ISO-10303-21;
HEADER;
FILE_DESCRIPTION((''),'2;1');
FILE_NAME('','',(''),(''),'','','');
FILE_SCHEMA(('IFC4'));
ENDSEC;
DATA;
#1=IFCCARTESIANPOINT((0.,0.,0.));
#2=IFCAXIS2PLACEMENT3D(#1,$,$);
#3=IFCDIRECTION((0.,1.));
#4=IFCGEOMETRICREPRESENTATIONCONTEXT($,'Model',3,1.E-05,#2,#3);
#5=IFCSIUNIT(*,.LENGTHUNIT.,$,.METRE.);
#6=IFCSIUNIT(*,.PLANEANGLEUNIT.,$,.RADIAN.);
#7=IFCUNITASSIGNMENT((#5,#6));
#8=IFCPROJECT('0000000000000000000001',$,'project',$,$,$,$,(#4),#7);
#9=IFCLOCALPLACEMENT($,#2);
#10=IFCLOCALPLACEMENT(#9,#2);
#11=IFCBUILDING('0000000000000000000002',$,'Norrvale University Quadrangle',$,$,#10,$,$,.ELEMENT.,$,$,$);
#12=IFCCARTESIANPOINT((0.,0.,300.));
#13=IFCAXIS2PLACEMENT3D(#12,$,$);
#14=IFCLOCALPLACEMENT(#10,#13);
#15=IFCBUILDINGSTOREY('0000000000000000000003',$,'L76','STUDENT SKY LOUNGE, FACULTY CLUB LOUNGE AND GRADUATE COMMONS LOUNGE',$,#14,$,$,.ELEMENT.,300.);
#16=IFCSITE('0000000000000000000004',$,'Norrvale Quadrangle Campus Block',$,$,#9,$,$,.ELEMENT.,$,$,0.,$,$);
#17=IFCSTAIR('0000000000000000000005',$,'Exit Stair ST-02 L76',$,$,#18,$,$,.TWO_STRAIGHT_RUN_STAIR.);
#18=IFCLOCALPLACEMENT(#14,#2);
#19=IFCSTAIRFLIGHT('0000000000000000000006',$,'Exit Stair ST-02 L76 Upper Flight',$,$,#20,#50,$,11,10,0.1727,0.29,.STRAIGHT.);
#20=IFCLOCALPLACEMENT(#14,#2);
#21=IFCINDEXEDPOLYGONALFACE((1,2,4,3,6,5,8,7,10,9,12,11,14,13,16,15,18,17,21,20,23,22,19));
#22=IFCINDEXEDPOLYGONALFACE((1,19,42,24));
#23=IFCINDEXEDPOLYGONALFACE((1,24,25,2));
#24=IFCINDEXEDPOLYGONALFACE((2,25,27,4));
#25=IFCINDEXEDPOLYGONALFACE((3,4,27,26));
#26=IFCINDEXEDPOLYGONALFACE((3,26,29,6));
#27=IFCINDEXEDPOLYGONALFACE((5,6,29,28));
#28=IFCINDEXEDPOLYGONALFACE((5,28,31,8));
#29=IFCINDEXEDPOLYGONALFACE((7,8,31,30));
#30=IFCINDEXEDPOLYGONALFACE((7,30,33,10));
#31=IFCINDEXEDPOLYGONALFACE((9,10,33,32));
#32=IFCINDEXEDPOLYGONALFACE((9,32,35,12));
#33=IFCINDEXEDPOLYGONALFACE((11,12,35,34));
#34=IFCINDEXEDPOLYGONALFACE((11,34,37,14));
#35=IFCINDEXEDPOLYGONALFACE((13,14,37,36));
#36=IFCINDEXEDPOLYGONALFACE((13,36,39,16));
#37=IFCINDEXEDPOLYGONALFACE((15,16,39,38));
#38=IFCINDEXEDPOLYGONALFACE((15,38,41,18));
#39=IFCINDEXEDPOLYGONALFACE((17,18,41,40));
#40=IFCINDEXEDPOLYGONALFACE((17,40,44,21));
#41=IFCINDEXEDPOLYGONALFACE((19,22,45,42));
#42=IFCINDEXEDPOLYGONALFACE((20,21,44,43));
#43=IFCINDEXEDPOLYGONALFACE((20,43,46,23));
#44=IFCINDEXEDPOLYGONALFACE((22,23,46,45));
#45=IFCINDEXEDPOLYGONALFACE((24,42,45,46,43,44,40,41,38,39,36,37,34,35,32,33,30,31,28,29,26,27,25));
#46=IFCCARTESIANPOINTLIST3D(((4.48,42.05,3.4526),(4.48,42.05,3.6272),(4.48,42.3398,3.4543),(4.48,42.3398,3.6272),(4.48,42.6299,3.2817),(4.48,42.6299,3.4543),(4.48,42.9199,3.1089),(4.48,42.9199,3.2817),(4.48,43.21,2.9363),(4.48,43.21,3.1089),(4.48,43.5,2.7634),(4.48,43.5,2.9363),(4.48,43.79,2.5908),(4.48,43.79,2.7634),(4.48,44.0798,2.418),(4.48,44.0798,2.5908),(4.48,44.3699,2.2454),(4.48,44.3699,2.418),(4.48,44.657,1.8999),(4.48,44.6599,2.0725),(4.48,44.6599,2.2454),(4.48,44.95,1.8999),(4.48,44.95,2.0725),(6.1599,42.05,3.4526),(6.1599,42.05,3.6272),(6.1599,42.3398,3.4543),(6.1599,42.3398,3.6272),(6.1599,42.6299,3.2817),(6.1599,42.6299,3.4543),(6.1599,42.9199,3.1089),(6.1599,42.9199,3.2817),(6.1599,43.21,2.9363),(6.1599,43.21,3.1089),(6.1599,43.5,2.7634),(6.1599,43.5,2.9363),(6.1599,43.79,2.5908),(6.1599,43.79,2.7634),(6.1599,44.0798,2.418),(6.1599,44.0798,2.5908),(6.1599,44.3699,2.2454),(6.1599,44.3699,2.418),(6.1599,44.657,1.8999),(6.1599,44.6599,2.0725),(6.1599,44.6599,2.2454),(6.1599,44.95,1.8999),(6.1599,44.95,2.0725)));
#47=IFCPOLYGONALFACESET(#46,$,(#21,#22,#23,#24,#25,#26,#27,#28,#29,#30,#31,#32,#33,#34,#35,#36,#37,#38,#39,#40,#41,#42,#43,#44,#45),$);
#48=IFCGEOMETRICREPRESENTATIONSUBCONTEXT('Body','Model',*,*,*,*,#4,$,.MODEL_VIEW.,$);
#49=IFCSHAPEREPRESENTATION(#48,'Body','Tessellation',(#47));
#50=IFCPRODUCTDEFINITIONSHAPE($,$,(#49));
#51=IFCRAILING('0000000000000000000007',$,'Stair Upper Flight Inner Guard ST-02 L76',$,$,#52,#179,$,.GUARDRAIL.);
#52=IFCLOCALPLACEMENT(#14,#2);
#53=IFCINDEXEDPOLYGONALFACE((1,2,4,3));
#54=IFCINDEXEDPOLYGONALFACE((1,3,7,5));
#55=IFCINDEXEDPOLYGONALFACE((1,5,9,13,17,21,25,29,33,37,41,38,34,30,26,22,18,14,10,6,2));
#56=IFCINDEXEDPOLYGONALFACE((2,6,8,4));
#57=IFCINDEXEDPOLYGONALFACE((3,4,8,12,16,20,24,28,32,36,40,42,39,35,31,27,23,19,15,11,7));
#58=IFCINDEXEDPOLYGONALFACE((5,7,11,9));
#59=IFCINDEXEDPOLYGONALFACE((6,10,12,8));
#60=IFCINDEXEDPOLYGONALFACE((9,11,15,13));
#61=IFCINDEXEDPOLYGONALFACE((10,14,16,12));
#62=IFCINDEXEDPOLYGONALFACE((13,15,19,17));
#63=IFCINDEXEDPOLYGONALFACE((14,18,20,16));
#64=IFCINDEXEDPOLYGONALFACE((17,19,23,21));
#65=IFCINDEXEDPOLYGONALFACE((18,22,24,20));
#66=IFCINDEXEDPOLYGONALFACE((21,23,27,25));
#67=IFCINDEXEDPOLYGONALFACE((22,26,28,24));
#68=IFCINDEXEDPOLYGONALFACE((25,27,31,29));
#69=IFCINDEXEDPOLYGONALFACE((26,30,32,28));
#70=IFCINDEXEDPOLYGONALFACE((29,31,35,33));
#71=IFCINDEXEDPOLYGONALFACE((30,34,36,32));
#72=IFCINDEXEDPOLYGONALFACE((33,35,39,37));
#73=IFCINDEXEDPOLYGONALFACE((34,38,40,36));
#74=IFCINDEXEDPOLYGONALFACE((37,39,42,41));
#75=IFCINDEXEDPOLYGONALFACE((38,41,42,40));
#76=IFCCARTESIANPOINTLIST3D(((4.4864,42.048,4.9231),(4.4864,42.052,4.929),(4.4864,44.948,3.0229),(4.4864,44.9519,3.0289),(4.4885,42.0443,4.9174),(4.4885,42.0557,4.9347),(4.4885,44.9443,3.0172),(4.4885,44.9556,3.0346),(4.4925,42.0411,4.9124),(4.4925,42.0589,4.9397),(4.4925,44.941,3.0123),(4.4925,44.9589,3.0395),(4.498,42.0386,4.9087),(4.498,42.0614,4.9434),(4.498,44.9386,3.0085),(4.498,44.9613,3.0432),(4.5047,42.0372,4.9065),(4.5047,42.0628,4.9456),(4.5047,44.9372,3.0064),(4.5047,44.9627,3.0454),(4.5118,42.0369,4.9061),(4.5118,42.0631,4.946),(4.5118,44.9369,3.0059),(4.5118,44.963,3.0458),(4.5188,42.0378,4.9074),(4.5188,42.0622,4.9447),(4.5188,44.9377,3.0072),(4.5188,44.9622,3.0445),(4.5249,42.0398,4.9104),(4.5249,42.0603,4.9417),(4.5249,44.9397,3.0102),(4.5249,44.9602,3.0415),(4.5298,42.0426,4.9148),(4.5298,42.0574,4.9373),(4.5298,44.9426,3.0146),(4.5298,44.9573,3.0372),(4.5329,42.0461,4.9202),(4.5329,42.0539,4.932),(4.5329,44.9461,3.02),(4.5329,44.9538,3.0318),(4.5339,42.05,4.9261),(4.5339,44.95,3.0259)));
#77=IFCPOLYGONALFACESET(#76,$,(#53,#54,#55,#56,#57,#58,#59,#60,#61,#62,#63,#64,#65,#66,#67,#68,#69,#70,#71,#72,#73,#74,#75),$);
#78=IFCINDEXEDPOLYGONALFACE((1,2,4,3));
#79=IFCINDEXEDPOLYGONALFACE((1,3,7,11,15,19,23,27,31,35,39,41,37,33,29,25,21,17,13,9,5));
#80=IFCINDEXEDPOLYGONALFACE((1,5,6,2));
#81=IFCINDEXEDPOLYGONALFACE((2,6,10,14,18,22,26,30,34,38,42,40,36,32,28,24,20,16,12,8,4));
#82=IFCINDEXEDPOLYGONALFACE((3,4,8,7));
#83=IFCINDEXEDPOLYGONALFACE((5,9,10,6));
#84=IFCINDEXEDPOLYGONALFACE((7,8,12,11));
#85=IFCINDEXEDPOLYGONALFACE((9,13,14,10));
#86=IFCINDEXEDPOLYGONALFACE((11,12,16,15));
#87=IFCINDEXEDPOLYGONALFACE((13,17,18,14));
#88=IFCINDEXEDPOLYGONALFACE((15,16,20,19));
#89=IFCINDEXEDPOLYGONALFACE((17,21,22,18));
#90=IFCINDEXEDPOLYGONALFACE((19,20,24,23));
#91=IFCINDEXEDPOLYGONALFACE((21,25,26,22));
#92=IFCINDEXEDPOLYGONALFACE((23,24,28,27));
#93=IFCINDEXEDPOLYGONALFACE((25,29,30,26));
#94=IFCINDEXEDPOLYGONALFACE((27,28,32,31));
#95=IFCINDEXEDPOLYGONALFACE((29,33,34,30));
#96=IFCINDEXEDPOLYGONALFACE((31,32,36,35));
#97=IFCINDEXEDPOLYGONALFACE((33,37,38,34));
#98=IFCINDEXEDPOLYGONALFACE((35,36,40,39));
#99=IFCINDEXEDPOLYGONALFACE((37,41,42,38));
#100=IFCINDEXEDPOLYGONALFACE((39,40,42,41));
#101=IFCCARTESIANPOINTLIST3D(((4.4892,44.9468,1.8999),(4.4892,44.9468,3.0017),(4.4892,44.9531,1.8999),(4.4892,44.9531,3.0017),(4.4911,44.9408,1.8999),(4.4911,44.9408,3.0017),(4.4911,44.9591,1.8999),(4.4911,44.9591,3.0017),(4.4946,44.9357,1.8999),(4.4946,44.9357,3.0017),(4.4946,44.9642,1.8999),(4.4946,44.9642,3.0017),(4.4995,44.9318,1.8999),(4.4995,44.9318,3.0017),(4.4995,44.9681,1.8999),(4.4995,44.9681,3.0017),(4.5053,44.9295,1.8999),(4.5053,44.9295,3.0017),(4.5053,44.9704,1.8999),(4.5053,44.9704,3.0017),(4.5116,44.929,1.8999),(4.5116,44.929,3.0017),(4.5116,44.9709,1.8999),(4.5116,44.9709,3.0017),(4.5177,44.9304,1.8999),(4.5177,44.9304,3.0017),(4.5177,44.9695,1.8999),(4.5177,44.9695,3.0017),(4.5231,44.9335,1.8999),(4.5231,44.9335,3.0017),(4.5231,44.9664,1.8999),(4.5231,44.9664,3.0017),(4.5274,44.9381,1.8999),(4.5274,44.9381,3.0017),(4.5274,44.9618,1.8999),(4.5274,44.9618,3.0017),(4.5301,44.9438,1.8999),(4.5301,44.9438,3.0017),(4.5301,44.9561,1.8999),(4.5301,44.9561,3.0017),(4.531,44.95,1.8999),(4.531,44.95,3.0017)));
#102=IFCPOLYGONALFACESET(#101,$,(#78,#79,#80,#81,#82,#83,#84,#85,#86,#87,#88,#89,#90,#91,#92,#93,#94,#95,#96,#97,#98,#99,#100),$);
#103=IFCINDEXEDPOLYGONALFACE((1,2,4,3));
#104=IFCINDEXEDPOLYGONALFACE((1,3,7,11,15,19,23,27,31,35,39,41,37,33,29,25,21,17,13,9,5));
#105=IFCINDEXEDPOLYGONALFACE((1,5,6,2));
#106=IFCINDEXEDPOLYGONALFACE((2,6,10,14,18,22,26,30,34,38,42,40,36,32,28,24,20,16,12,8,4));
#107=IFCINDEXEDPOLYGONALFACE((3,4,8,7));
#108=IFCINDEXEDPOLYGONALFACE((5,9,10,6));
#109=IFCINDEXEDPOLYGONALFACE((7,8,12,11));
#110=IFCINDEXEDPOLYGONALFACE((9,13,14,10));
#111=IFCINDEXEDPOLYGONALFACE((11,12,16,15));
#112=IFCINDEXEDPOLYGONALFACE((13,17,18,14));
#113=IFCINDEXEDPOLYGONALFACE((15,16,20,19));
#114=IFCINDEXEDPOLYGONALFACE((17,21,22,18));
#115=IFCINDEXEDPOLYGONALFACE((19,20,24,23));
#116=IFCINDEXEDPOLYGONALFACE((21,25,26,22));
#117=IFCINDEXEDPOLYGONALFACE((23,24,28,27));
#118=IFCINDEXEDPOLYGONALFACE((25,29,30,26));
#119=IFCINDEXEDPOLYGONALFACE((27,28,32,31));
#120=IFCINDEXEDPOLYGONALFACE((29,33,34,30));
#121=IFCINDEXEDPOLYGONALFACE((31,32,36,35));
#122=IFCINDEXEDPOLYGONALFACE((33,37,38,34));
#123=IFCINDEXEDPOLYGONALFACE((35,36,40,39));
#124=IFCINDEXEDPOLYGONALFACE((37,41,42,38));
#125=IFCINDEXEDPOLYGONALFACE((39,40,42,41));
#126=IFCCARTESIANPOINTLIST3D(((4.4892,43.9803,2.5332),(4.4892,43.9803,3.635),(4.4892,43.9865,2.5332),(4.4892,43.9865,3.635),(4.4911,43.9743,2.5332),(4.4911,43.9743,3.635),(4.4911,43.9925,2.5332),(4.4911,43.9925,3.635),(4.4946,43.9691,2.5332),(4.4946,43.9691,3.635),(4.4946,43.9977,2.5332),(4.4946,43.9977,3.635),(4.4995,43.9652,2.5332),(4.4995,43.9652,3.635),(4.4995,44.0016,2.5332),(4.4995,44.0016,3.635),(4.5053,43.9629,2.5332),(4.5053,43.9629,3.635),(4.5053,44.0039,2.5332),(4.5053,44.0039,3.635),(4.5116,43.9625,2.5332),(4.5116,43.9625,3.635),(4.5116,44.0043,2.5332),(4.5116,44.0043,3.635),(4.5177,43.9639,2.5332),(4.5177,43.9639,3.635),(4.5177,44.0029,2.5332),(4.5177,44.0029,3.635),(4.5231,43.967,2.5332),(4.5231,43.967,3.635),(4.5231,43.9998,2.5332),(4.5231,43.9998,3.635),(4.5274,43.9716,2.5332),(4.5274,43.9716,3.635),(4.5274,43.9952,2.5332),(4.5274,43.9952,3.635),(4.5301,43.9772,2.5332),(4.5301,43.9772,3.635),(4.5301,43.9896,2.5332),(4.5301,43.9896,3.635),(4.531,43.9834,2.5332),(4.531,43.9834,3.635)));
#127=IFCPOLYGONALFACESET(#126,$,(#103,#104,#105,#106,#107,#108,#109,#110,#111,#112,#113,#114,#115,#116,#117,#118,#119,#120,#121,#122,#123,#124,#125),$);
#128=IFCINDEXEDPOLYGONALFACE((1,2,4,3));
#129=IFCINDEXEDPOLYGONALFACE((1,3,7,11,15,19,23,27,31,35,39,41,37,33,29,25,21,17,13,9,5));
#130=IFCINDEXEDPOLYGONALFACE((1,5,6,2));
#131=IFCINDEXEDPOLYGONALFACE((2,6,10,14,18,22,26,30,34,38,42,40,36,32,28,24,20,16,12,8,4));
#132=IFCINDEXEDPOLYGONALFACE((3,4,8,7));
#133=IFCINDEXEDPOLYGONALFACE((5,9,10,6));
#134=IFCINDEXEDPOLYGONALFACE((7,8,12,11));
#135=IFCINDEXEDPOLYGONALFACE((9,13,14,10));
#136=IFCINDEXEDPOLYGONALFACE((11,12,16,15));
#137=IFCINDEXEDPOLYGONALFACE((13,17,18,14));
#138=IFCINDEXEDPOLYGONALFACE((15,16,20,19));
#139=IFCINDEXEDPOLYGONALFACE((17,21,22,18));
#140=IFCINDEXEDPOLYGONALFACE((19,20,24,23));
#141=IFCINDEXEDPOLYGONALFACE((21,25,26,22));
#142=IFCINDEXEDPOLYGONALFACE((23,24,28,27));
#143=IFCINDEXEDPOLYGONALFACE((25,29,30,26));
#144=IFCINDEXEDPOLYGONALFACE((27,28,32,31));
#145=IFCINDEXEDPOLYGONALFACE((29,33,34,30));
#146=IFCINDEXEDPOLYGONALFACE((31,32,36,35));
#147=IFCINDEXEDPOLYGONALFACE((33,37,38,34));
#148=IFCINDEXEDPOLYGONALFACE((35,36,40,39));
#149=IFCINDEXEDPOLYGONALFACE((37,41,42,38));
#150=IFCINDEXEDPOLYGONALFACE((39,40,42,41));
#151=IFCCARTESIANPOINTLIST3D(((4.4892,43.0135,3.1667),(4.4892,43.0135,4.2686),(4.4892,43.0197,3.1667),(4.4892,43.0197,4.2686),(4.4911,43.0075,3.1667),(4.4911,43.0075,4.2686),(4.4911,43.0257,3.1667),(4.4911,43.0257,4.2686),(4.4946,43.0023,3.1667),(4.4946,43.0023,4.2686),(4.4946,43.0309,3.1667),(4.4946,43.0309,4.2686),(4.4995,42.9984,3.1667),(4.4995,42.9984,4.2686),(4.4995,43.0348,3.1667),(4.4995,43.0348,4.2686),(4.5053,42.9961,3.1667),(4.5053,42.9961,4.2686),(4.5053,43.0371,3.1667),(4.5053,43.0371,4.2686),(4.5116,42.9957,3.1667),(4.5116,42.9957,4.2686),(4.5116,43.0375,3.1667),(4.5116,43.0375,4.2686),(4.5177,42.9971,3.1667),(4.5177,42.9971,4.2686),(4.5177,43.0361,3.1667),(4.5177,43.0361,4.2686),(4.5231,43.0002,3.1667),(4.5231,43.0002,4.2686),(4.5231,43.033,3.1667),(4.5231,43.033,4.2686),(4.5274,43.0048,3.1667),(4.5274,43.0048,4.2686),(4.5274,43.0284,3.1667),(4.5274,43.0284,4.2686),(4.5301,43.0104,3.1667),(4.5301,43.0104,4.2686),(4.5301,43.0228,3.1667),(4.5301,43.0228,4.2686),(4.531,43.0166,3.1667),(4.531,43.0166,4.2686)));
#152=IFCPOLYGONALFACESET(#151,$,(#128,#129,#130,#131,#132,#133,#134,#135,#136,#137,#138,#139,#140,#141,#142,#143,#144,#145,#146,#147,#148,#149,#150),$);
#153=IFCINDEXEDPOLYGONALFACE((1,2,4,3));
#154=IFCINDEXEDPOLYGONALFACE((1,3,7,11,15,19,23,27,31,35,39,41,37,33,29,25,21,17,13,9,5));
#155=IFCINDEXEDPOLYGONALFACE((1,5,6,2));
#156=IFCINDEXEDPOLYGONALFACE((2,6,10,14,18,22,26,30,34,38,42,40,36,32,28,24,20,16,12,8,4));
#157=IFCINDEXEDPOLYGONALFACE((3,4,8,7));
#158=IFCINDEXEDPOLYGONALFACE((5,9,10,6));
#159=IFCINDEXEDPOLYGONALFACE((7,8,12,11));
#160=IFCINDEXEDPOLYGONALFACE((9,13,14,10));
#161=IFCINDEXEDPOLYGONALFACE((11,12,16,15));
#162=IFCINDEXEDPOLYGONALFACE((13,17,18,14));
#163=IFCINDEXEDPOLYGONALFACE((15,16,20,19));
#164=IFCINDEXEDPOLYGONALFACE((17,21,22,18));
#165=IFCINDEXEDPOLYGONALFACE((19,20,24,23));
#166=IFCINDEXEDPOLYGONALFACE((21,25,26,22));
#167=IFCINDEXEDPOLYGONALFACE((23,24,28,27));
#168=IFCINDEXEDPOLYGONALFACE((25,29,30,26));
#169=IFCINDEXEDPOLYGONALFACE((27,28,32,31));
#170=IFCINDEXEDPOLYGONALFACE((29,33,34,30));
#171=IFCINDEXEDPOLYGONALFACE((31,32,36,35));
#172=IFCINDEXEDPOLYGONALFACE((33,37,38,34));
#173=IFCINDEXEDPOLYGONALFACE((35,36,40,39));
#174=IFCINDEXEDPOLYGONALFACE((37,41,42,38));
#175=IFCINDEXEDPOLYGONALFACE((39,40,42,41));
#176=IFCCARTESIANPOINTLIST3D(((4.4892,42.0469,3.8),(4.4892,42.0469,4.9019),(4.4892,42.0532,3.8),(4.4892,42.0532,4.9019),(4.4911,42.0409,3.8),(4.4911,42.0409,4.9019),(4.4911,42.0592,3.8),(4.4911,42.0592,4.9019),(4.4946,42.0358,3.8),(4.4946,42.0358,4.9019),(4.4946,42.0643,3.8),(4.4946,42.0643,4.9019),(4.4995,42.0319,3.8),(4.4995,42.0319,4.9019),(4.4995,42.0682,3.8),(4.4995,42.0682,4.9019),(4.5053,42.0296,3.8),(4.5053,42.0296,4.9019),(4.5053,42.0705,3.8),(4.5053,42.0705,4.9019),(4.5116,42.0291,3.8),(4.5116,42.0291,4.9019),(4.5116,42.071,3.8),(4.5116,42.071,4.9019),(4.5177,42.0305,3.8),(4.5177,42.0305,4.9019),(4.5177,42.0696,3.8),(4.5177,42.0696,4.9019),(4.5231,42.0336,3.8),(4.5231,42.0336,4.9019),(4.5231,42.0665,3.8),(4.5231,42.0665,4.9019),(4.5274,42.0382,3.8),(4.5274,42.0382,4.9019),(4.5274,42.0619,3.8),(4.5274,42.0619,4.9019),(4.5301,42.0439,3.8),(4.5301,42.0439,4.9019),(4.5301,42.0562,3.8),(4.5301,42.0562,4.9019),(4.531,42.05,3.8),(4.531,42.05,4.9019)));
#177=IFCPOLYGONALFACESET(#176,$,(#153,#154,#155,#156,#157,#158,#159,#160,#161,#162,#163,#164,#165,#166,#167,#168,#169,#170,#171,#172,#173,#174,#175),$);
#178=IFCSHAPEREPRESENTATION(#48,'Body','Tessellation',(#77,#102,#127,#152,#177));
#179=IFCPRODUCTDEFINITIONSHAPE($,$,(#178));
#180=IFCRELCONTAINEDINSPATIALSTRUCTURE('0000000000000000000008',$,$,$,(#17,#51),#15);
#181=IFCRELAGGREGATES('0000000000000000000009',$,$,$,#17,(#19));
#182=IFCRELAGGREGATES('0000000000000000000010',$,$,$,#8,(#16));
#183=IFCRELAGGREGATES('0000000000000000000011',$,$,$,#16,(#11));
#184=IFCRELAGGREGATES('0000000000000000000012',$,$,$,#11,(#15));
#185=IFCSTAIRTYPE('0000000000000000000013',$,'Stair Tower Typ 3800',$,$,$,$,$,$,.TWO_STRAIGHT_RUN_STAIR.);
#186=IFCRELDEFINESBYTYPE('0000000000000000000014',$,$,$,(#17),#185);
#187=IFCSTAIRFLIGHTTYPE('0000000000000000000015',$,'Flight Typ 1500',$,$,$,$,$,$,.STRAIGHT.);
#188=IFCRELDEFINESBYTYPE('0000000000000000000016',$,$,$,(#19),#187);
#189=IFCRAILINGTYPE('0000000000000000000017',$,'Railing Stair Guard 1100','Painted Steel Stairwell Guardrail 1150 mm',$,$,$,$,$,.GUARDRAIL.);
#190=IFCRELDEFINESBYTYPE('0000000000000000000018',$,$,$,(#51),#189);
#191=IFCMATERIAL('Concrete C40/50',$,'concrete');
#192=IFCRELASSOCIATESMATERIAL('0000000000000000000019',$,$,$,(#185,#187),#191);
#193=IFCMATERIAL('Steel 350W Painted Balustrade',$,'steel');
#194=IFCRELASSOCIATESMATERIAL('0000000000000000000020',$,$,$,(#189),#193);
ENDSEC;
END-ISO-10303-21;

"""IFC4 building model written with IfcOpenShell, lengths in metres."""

from ifc_helpers import new_model, si_unit, direction, frame, origin, origin_2d, place, context, subcontext, project, spatial, polyline, circle, outline, extrude, material, type_object, element, aggregate, save


model = new_model("IFC4")

# Units and contexts
model_context = context("Model", 3, precision=1e-05, world=origin(), true_north=direction((0.0, 1.0)))
body_context = subcontext(model_context, "Body", "Model", "MODEL_VIEW")
ifc_project = project(units=[si_unit("LENGTHUNIT", "METRE"), si_unit("PLANEANGLEUNIT", "RADIAN")], contexts=[model_context])

# Site, building, storey
site_placement = place(None, origin())
site = spatial("IfcSite", under=ifc_project, at=site_placement, Name="Norrvale Quadrangle Campus Block", CompositionType="ELEMENT", RefElevation=0.0)
building_placement = place(site_placement, origin())
building = spatial("IfcBuilding", under=site, at=building_placement, Name="Norrvale University Quadrangle", CompositionType="ELEMENT")
storey_placement = place(building_placement, frame((0.0, 0.0, 300.0)))
storey = spatial("IfcBuildingStorey", under=building, at=storey_placement, Name="L76", Description="STUDENT SKY LOUNGE, FACULTY CLUB LOUNGE AND GRADUATE COMMONS LOUNGE", CompositionType="ELEMENT", Elevation=300.0)

# Stair, stair flight
ifc_material_1 = material(Name="Concrete C40/50", Category="concrete")
stair_type = type_object("IfcStairType", Name="Stair Tower Typ 3800", PredefinedType="TWO_STRAIGHT_RUN_STAIR", material=ifc_material_1)
stair_placement = place(storey_placement, origin())
stair = element("IfcStair", 1, at=stair_placement, inside=storey, type_object=stair_type, Name="Exit Stair ST-02 L76", PredefinedType="TWO_STRAIGHT_RUN_STAIR")
stair_flight_type = type_object("IfcStairFlightType", Name="Flight Typ 1500", PredefinedType="STRAIGHT", material=ifc_material_1)
stair_flight_placement = place(storey_placement, frame((5.3201, 44.95, 1.8999), z_axis=(0.0, 0.0, 1.0), x_axis=(0.0, -1.0, 0.0)))
stair_flight = element("IfcStairFlight", 2, at=stair_flight_placement, type_object=stair_flight_type, Name="Exit Stair ST-02 L76 Upper Flight", NumberOfRisers=11, NumberOfTreads=10, PredefinedType="STRAIGHT", RiserHeight=0.1727, TreadLength=0.29, context=body_context, shape_type="SweptSolid", body=[
    extrude(outline(polyline([(0.0, 0.0), (0.0, 0.1726), (0.29, 0.1726), (0.29, 0.3455), (0.5801, 0.3455), (0.5801, 0.5181), (0.8701, 0.5181), (0.8701, 0.6909), (1.1599, 0.6909), (1.1599, 0.8635), (1.45, 0.8635), (1.45, 1.0364), (1.74, 1.0364), (1.74, 1.209), (2.03, 1.209), (2.03, 1.3818), (2.3201, 1.3818), (2.3201, 1.5544), (2.6101, 1.5544), (2.6101, 1.7273), (2.8999, 1.7273), (2.8999, 1.8999), (2.8999, 1.5527), (0.293, 0.0), (0.0, 0.0)])), frame((0.0, 0.8398, 0.0), z_axis=(0.0, -1.0, 0.0), x_axis=(1.0, 0.0, 0.0)), (0.0, 0.0, 1.0), 1.6799),
])
aggregate(stair, [stair_flight])

# Railing
ifc_material_2 = material(Name="Steel 350W Painted Balustrade", Category="steel")
railing_type_1 = type_object("IfcRailingType", Name="Railing Stair Guard 1100", Description="Painted Steel Stairwell Guardrail 1150 mm", PredefinedType="GUARDRAIL", material=ifc_material_2)
railing_1_placement = place(storey_placement, frame((4.51, 44.95, 1.8999)))
element("IfcRailing", 3, at=railing_1_placement, inside=storey, type_object=railing_type_1, Name="Stair Upper Flight Inner Guard ST-02 L76", PredefinedType="GUARDRAIL", context=body_context, shape_type="SweptSolid", body=[
    extrude(circle(Radius=0.0239, at=origin_2d()), frame((0.0, 0.0, 1.126), z_axis=(0.0, -0.836433, 0.548069), x_axis=(1.0, 0.0, 0.0)), (0.0, 0.0, 1.0), 3.467),
    extrude(circle(Radius=0.021, at=origin_2d()), origin(), (0.0, 0.0, 1.0), 1.1018),
    extrude(circle(Radius=0.021, at=origin_2d()), frame((0.0, -0.9666, 0.6333)), (0.0, 0.0, 1.0), 1.1018),
    extrude(circle(Radius=0.021, at=origin_2d()), frame((0.0, -1.9333, 1.2668)), (0.0, 0.0, 1.0), 1.1018),
    extrude(circle(Radius=0.021, at=origin_2d()), frame((0.0, -2.8999, 1.9001)), (0.0, 0.0, 1.0), 1.1018),
])

save(model, "model.ifc")
